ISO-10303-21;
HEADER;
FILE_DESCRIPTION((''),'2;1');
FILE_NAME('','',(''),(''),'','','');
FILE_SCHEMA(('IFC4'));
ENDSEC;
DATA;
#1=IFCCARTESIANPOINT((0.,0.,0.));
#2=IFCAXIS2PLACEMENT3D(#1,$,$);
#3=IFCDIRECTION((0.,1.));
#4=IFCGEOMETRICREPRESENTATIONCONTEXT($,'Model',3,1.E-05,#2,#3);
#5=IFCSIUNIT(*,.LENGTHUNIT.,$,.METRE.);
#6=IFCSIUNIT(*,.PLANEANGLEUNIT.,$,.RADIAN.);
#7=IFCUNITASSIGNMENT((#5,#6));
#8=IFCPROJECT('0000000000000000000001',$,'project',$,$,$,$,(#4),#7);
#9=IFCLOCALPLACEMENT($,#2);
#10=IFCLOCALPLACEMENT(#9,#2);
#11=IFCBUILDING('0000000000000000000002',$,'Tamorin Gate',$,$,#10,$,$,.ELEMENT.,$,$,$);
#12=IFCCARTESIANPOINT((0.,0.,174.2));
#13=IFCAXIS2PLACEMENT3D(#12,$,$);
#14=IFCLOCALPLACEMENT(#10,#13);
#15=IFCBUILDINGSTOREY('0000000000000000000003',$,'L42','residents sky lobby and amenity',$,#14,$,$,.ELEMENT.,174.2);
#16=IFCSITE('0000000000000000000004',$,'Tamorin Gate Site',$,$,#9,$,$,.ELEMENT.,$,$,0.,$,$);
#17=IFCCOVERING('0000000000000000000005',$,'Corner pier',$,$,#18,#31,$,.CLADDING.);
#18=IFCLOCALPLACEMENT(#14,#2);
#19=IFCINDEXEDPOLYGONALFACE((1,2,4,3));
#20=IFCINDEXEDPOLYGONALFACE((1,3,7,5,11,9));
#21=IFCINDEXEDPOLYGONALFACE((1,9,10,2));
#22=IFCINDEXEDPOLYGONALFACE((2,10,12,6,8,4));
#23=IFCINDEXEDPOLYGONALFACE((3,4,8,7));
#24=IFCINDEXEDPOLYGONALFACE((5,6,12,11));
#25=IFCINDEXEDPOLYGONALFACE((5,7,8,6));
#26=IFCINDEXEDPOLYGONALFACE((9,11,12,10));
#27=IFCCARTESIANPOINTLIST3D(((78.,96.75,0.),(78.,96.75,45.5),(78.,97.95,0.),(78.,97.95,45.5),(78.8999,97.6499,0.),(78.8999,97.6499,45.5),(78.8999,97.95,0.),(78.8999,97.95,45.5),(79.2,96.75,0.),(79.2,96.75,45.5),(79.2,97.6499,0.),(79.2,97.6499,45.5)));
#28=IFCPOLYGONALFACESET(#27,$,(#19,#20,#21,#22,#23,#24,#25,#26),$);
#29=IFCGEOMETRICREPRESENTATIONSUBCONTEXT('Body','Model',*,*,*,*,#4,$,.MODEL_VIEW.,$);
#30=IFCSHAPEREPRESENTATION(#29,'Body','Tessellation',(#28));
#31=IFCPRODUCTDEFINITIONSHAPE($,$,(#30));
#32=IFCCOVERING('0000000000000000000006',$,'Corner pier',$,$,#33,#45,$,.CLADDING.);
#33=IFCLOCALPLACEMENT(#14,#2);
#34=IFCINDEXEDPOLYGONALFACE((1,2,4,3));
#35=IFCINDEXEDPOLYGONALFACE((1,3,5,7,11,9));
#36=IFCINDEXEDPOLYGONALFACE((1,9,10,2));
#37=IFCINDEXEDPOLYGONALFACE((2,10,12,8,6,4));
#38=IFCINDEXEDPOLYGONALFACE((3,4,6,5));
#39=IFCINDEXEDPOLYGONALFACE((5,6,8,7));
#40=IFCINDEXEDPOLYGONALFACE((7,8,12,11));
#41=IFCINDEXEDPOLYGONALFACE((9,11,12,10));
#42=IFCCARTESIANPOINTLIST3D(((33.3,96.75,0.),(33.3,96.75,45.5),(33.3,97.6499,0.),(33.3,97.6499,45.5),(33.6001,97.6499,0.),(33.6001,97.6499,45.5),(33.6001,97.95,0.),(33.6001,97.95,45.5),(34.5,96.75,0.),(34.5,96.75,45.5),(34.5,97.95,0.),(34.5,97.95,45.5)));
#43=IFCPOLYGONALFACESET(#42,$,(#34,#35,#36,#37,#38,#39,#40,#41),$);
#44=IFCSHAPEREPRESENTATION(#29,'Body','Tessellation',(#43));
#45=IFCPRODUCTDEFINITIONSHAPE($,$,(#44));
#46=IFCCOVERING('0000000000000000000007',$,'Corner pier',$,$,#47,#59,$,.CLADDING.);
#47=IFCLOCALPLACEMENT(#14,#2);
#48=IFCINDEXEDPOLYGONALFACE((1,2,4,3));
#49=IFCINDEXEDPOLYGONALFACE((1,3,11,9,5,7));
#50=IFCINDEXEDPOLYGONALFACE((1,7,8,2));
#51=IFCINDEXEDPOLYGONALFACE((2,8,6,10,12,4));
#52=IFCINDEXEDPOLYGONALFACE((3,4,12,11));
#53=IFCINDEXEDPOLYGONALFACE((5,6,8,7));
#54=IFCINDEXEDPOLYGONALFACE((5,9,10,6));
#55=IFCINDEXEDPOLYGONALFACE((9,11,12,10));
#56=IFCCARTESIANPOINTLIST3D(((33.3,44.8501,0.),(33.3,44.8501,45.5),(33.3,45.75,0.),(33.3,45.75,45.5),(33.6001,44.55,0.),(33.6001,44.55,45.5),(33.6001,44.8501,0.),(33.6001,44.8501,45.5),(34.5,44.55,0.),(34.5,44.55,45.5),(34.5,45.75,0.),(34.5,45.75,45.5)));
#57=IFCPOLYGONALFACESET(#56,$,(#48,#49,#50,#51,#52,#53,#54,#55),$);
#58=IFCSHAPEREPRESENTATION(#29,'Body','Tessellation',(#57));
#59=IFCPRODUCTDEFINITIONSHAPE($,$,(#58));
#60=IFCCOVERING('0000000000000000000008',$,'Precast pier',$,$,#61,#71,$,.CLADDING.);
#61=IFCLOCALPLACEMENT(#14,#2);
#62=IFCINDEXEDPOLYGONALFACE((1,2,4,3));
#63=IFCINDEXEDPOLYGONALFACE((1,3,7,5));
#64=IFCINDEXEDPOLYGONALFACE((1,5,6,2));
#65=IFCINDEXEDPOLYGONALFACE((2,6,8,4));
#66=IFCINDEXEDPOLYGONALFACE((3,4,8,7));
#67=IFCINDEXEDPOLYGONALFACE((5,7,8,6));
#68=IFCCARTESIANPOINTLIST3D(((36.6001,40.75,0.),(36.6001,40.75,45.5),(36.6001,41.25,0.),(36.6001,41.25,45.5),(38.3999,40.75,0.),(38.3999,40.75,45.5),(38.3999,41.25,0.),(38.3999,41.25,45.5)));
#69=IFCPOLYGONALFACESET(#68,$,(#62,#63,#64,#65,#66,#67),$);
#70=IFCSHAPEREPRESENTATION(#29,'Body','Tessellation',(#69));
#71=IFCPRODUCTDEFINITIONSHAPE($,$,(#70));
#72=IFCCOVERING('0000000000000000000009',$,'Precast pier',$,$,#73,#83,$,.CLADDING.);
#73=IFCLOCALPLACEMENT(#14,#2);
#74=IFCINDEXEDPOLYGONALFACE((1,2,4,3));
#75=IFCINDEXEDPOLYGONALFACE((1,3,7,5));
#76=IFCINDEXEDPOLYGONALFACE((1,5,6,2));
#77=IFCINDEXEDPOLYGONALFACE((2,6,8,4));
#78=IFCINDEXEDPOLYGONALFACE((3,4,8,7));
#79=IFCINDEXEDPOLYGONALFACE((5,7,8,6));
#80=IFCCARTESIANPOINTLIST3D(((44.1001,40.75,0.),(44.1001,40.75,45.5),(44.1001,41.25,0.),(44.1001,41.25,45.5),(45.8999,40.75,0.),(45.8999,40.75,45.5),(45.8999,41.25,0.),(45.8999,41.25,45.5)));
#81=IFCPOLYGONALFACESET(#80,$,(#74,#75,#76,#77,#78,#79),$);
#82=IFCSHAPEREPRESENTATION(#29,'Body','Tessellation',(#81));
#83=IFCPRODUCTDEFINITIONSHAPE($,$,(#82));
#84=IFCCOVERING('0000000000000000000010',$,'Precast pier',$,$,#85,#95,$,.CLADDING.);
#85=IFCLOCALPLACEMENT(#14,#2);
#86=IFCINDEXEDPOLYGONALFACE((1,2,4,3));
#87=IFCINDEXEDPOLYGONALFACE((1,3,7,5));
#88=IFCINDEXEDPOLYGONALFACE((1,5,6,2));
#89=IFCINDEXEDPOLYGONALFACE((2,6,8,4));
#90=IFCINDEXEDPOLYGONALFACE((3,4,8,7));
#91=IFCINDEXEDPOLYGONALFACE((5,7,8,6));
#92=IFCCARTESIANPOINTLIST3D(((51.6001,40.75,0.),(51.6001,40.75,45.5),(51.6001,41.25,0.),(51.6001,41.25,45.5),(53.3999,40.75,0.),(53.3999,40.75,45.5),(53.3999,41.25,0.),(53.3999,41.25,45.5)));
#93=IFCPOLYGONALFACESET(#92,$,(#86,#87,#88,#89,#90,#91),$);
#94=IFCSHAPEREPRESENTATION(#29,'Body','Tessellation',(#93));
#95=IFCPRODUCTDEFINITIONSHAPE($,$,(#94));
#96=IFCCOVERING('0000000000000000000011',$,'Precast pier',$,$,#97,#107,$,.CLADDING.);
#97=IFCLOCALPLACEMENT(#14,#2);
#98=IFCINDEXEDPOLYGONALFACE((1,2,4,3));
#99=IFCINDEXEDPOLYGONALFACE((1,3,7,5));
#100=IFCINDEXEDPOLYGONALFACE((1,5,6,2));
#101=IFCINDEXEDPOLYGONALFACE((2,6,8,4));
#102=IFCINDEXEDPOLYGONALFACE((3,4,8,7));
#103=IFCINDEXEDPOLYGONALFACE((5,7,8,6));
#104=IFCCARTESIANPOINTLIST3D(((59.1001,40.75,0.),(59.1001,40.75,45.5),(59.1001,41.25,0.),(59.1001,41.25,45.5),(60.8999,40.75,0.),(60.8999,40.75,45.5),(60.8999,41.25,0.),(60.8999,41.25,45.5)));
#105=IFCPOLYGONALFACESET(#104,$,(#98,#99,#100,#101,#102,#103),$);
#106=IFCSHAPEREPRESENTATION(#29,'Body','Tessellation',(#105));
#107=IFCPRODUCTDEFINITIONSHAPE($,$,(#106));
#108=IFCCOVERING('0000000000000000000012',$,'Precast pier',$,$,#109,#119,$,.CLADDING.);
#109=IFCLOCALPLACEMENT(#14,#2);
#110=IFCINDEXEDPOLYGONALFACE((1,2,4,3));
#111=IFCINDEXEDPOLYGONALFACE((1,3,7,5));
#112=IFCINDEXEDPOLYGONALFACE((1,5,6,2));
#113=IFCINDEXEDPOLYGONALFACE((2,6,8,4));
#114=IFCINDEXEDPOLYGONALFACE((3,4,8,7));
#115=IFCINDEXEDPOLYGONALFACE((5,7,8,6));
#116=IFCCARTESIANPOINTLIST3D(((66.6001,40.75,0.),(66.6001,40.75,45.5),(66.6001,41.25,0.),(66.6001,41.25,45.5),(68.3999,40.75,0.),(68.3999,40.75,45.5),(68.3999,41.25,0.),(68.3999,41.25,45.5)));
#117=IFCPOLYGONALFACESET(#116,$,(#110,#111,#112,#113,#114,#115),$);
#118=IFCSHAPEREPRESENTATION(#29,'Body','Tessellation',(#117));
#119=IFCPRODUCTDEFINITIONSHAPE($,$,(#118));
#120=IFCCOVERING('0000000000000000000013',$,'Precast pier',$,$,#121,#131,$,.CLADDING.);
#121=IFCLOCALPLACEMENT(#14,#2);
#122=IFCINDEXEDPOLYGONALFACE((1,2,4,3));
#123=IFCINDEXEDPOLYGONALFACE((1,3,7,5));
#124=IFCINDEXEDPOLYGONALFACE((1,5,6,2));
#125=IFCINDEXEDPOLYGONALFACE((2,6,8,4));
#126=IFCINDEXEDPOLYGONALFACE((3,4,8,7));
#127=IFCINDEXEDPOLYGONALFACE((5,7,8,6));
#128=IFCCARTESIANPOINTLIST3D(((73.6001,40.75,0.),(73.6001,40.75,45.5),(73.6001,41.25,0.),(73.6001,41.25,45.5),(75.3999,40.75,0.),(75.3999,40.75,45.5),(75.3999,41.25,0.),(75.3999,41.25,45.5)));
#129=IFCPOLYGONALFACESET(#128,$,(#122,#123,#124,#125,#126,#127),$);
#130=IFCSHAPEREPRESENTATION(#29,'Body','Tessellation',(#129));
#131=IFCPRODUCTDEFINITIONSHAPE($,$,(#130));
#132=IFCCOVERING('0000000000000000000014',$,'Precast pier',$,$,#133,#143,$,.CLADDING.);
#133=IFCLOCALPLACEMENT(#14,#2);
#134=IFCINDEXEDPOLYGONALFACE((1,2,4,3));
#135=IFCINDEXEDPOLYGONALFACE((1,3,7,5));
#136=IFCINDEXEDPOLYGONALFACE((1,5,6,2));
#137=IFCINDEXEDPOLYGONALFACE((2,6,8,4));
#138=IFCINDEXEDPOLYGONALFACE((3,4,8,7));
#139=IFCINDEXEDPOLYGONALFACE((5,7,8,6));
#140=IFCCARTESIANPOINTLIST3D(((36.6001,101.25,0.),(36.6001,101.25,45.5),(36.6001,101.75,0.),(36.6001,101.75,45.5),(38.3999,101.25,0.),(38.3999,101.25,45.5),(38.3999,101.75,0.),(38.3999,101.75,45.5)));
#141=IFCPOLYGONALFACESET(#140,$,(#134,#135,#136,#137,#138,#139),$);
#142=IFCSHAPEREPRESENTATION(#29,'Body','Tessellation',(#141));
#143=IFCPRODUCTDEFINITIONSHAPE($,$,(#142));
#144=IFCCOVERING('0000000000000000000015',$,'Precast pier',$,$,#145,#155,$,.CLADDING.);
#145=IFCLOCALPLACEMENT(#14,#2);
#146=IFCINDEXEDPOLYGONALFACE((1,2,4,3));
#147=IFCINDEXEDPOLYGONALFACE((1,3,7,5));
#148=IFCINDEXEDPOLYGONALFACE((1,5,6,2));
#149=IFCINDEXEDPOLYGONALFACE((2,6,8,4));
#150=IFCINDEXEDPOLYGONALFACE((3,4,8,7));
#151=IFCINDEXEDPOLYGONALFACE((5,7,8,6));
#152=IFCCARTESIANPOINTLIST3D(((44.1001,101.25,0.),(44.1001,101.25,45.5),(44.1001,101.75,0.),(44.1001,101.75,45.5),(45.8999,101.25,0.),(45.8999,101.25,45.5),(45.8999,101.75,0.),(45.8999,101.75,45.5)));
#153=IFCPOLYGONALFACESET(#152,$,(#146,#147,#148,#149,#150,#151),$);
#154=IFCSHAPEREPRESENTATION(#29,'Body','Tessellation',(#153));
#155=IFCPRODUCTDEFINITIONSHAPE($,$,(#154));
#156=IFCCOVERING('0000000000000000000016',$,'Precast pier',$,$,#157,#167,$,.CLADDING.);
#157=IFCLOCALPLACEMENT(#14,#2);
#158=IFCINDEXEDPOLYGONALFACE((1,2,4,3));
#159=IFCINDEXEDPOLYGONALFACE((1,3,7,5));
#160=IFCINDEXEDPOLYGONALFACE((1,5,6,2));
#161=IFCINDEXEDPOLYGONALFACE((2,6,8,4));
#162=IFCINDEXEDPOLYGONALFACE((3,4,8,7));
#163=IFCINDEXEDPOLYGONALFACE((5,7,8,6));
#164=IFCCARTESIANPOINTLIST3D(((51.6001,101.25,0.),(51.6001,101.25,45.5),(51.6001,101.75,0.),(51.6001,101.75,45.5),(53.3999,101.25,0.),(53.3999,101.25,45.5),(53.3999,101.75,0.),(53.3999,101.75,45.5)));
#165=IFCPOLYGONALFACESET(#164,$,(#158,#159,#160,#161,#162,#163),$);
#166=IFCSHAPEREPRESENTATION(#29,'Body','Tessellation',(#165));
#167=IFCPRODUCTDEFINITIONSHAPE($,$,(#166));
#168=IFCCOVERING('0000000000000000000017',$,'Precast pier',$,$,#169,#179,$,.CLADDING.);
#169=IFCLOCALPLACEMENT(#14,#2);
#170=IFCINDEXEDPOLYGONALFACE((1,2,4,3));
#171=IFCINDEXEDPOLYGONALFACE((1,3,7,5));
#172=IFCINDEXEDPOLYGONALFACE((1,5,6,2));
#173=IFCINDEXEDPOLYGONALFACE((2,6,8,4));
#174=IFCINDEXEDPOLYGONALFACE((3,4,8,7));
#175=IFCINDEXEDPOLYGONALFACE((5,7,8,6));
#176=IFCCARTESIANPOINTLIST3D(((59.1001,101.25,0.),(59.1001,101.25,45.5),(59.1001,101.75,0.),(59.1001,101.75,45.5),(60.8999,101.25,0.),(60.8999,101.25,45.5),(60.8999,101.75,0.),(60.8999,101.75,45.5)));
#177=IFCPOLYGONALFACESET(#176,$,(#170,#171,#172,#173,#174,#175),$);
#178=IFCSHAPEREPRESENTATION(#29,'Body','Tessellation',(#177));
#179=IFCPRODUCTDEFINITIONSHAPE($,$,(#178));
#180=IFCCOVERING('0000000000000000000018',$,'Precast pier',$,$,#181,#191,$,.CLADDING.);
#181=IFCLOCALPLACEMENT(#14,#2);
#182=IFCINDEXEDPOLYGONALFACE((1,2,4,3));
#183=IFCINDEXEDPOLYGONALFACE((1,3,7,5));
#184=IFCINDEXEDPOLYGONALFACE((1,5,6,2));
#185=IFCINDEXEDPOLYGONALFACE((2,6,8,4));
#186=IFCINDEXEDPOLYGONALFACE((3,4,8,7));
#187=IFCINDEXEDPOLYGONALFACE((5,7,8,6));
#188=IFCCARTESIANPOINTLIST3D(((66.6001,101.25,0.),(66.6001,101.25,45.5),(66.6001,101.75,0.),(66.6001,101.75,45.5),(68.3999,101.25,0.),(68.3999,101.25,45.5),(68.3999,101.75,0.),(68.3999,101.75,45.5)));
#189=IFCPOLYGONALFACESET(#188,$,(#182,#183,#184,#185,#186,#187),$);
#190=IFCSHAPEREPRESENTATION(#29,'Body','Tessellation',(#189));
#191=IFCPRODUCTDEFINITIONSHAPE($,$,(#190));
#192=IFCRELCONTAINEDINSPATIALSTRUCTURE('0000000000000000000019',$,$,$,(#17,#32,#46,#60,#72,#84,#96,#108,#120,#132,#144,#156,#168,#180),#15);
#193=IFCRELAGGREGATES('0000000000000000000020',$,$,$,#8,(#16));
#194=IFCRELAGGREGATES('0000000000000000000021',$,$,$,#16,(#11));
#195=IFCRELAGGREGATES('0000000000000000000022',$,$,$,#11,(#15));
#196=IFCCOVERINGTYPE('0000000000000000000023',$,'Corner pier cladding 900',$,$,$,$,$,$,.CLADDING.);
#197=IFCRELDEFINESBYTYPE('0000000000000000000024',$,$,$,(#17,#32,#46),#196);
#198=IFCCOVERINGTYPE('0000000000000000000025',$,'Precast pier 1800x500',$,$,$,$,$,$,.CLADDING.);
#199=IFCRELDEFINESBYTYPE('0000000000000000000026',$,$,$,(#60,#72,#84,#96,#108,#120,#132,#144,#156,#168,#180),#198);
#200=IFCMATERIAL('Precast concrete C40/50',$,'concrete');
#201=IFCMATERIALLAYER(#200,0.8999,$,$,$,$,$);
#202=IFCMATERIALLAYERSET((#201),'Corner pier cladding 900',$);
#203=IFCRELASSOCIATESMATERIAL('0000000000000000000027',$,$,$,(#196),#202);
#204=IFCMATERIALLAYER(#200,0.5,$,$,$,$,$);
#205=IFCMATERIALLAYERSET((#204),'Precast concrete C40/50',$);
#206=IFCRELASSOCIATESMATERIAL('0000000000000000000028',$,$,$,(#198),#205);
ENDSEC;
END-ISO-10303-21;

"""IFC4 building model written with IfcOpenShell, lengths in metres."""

from ifc_helpers import new_model, si_unit, direction, frame, origin, place, context, subcontext, project, spatial, polyline, outline, extrude, material, layer, layer_set, type_object, element, save


model = new_model("IFC4")

# Units and contexts
model_context = context("Model", 3, precision=1e-05, world=origin(), true_north=direction((0.0, 1.0)))
body_context = subcontext(model_context, "Body", "Model", "MODEL_VIEW")
ifc_project = project(units=[si_unit("LENGTHUNIT", "METRE"), si_unit("PLANEANGLEUNIT", "RADIAN")], contexts=[model_context])

# Site, building, storey
site_placement = place(None, origin())
site = spatial("IfcSite", under=ifc_project, at=site_placement, Name="Tamorin Gate Site", CompositionType="ELEMENT", RefElevation=0.0)
building_placement = place(site_placement, origin())
building = spatial("IfcBuilding", under=site, at=building_placement, Name="Tamorin Gate", CompositionType="ELEMENT")
storey_placement = place(building_placement, frame((0.0, 0.0, 174.2)))
storey = spatial("IfcBuildingStorey", under=building, at=storey_placement, Name="L42", Description="residents sky lobby and amenity", CompositionType="ELEMENT", Elevation=174.2)

# Coverings
ifc_material_1 = material(Name="Precast concrete C40/50", Category="concrete")
ifc_layer_1 = layer(ifc_material_1, 0.8999)
ifc_layer_set_1 = layer_set([ifc_layer_1], Name="Corner pier cladding 900")
covering_type_1 = type_object("IfcCoveringType", Name="Corner pier cladding 900", PredefinedType="CLADDING", material=ifc_layer_set_1)
covering_1_placement = place(storey_placement, origin())
element("IfcCovering", 1, at=covering_1_placement, inside=storey, type_object=covering_type_1, Name="Corner pier", PredefinedType="CLADDING", context=body_context, shape_type="SweptSolid", body=[
    extrude(outline(polyline([(78.8999, 97.6499), (79.2, 97.6499), (79.2, 96.75), (78.0, 96.75), (78.0, 97.95), (78.8999, 97.95), (78.8999, 97.6499)])), origin(), (0.0, 0.0, 1.0), 45.5),
])
covering_2_placement = place(storey_placement, origin())
element("IfcCovering", 2, at=covering_2_placement, inside=storey, type_object=covering_type_1, Name="Corner pier", PredefinedType="CLADDING", context=body_context, shape_type="SweptSolid", body=[
    extrude(outline(polyline([(33.6001, 97.6499), (33.6001, 97.95), (34.5, 97.95), (34.5, 96.75), (33.3, 96.75), (33.3, 97.6499), (33.6001, 97.6499)])), origin(), (0.0, 0.0, 1.0), 45.5),
])
covering_3_placement = place(storey_placement, origin())
element("IfcCovering", 3, at=covering_3_placement, inside=storey, type_object=covering_type_1, Name="Corner pier", PredefinedType="CLADDING", context=body_context, shape_type="SweptSolid", body=[
    extrude(outline(polyline([(33.3, 44.8501), (33.3, 45.75), (34.5, 45.75), (34.5, 44.55), (33.6001, 44.55), (33.6001, 44.8501), (33.3, 44.8501)])), origin(), (0.0, 0.0, 1.0), 45.5),
])
ifc_layer_2 = layer(ifc_material_1, 0.5)
ifc_layer_set_2 = layer_set([ifc_layer_2], Name="Precast concrete C40/50")
covering_type_2 = type_object("IfcCoveringType", Name="Precast pier 1800x500", PredefinedType="CLADDING", material=ifc_layer_set_2)
covering_4_placement = place(storey_placement, origin())
element("IfcCovering", 4, at=covering_4_placement, inside=storey, type_object=covering_type_2, Name="Precast pier", PredefinedType="CLADDING", context=body_context, shape_type="SweptSolid", body=[
    extrude(outline(polyline([(36.6001, 41.25), (38.3999, 41.25), (38.3999, 40.75), (36.6001, 40.75), (36.6001, 41.25)])), origin(), (0.0, 0.0, 1.0), 45.5),
])
covering_5_placement = place(storey_placement, origin())
element("IfcCovering", 5, at=covering_5_placement, inside=storey, type_object=covering_type_2, Name="Precast pier", PredefinedType="CLADDING", context=body_context, shape_type="SweptSolid", body=[
    extrude(outline(polyline([(44.1001, 41.25), (45.8999, 41.25), (45.8999, 40.75), (44.1001, 40.75), (44.1001, 41.25)])), origin(), (0.0, 0.0, 1.0), 45.5),
])
covering_6_placement = place(storey_placement, origin())
element("IfcCovering", 6, at=covering_6_placement, inside=storey, type_object=covering_type_2, Name="Precast pier", PredefinedType="CLADDING", context=body_context, shape_type="SweptSolid", body=[
    extrude(outline(polyline([(51.6001, 41.25), (53.3999, 41.25), (53.3999, 40.75), (51.6001, 40.75), (51.6001, 41.25)])), origin(), (0.0, 0.0, 1.0), 45.5),
])
covering_7_placement = place(storey_placement, origin())
element("IfcCovering", 7, at=covering_7_placement, inside=storey, type_object=covering_type_2, Name="Precast pier", PredefinedType="CLADDING", context=body_context, shape_type="SweptSolid", body=[
    extrude(outline(polyline([(59.1001, 41.25), (60.8999, 41.25), (60.8999, 40.75), (59.1001, 40.75), (59.1001, 41.25)])), origin(), (0.0, 0.0, 1.0), 45.5),
])
covering_8_placement = place(storey_placement, origin())
element("IfcCovering", 8, at=covering_8_placement, inside=storey, type_object=covering_type_2, Name="Precast pier", PredefinedType="CLADDING", context=body_context, shape_type="SweptSolid", body=[
    extrude(outline(polyline([(66.6001, 41.25), (68.3999, 41.25), (68.3999, 40.75), (66.6001, 40.75), (66.6001, 41.25)])), origin(), (0.0, 0.0, 1.0), 45.5),
])
covering_9_placement = place(storey_placement, origin())
element("IfcCovering", 9, at=covering_9_placement, inside=storey, type_object=covering_type_2, Name="Precast pier", PredefinedType="CLADDING", context=body_context, shape_type="SweptSolid", body=[
    extrude(outline(polyline([(73.6001, 41.25), (75.3999, 41.25), (75.3999, 40.75), (73.6001, 40.75), (73.6001, 41.25)])), origin(), (0.0, 0.0, 1.0), 45.5),
])
covering_10_placement = place(storey_placement, origin())
element("IfcCovering", 10, at=covering_10_placement, inside=storey, type_object=covering_type_2, Name="Precast pier", PredefinedType="CLADDING", context=body_context, shape_type="SweptSolid", body=[
    extrude(outline(polyline([(38.3999, 101.25), (36.6001, 101.25), (36.6001, 101.75), (38.3999, 101.75), (38.3999, 101.25)])), origin(), (0.0, 0.0, 1.0), 45.5),
])
covering_11_placement = place(storey_placement, origin())
element("IfcCovering", 11, at=covering_11_placement, inside=storey, type_object=covering_type_2, Name="Precast pier", PredefinedType="CLADDING", context=body_context, shape_type="SweptSolid", body=[
    extrude(outline(polyline([(45.8999, 101.25), (44.1001, 101.25), (44.1001, 101.75), (45.8999, 101.75), (45.8999, 101.25)])), origin(), (0.0, 0.0, 1.0), 45.5),
])
covering_12_placement = place(storey_placement, origin())
element("IfcCovering", 12, at=covering_12_placement, inside=storey, type_object=covering_type_2, Name="Precast pier", PredefinedType="CLADDING", context=body_context, shape_type="SweptSolid", body=[
    extrude(outline(polyline([(53.3999, 101.25), (51.6001, 101.25), (51.6001, 101.75), (53.3999, 101.75), (53.3999, 101.25)])), origin(), (0.0, 0.0, 1.0), 45.5),
])
covering_13_placement = place(storey_placement, origin())
element("IfcCovering", 13, at=covering_13_placement, inside=storey, type_object=covering_type_2, Name="Precast pier", PredefinedType="CLADDING", context=body_context, shape_type="SweptSolid", body=[
    extrude(outline(polyline([(60.8999, 101.25), (59.1001, 101.25), (59.1001, 101.75), (60.8999, 101.75), (60.8999, 101.25)])), origin(), (0.0, 0.0, 1.0), 45.5),
])
covering_14_placement = place(storey_placement, origin())
element("IfcCovering", 14, at=covering_14_placement, inside=storey, type_object=covering_type_2, Name="Precast pier", PredefinedType="CLADDING", context=body_context, shape_type="SweptSolid", body=[
    extrude(outline(polyline([(68.3999, 101.25), (66.6001, 101.25), (66.6001, 101.75), (68.3999, 101.75), (68.3999, 101.25)])), origin(), (0.0, 0.0, 1.0), 45.5),
])

save(model, "model.ifc")
